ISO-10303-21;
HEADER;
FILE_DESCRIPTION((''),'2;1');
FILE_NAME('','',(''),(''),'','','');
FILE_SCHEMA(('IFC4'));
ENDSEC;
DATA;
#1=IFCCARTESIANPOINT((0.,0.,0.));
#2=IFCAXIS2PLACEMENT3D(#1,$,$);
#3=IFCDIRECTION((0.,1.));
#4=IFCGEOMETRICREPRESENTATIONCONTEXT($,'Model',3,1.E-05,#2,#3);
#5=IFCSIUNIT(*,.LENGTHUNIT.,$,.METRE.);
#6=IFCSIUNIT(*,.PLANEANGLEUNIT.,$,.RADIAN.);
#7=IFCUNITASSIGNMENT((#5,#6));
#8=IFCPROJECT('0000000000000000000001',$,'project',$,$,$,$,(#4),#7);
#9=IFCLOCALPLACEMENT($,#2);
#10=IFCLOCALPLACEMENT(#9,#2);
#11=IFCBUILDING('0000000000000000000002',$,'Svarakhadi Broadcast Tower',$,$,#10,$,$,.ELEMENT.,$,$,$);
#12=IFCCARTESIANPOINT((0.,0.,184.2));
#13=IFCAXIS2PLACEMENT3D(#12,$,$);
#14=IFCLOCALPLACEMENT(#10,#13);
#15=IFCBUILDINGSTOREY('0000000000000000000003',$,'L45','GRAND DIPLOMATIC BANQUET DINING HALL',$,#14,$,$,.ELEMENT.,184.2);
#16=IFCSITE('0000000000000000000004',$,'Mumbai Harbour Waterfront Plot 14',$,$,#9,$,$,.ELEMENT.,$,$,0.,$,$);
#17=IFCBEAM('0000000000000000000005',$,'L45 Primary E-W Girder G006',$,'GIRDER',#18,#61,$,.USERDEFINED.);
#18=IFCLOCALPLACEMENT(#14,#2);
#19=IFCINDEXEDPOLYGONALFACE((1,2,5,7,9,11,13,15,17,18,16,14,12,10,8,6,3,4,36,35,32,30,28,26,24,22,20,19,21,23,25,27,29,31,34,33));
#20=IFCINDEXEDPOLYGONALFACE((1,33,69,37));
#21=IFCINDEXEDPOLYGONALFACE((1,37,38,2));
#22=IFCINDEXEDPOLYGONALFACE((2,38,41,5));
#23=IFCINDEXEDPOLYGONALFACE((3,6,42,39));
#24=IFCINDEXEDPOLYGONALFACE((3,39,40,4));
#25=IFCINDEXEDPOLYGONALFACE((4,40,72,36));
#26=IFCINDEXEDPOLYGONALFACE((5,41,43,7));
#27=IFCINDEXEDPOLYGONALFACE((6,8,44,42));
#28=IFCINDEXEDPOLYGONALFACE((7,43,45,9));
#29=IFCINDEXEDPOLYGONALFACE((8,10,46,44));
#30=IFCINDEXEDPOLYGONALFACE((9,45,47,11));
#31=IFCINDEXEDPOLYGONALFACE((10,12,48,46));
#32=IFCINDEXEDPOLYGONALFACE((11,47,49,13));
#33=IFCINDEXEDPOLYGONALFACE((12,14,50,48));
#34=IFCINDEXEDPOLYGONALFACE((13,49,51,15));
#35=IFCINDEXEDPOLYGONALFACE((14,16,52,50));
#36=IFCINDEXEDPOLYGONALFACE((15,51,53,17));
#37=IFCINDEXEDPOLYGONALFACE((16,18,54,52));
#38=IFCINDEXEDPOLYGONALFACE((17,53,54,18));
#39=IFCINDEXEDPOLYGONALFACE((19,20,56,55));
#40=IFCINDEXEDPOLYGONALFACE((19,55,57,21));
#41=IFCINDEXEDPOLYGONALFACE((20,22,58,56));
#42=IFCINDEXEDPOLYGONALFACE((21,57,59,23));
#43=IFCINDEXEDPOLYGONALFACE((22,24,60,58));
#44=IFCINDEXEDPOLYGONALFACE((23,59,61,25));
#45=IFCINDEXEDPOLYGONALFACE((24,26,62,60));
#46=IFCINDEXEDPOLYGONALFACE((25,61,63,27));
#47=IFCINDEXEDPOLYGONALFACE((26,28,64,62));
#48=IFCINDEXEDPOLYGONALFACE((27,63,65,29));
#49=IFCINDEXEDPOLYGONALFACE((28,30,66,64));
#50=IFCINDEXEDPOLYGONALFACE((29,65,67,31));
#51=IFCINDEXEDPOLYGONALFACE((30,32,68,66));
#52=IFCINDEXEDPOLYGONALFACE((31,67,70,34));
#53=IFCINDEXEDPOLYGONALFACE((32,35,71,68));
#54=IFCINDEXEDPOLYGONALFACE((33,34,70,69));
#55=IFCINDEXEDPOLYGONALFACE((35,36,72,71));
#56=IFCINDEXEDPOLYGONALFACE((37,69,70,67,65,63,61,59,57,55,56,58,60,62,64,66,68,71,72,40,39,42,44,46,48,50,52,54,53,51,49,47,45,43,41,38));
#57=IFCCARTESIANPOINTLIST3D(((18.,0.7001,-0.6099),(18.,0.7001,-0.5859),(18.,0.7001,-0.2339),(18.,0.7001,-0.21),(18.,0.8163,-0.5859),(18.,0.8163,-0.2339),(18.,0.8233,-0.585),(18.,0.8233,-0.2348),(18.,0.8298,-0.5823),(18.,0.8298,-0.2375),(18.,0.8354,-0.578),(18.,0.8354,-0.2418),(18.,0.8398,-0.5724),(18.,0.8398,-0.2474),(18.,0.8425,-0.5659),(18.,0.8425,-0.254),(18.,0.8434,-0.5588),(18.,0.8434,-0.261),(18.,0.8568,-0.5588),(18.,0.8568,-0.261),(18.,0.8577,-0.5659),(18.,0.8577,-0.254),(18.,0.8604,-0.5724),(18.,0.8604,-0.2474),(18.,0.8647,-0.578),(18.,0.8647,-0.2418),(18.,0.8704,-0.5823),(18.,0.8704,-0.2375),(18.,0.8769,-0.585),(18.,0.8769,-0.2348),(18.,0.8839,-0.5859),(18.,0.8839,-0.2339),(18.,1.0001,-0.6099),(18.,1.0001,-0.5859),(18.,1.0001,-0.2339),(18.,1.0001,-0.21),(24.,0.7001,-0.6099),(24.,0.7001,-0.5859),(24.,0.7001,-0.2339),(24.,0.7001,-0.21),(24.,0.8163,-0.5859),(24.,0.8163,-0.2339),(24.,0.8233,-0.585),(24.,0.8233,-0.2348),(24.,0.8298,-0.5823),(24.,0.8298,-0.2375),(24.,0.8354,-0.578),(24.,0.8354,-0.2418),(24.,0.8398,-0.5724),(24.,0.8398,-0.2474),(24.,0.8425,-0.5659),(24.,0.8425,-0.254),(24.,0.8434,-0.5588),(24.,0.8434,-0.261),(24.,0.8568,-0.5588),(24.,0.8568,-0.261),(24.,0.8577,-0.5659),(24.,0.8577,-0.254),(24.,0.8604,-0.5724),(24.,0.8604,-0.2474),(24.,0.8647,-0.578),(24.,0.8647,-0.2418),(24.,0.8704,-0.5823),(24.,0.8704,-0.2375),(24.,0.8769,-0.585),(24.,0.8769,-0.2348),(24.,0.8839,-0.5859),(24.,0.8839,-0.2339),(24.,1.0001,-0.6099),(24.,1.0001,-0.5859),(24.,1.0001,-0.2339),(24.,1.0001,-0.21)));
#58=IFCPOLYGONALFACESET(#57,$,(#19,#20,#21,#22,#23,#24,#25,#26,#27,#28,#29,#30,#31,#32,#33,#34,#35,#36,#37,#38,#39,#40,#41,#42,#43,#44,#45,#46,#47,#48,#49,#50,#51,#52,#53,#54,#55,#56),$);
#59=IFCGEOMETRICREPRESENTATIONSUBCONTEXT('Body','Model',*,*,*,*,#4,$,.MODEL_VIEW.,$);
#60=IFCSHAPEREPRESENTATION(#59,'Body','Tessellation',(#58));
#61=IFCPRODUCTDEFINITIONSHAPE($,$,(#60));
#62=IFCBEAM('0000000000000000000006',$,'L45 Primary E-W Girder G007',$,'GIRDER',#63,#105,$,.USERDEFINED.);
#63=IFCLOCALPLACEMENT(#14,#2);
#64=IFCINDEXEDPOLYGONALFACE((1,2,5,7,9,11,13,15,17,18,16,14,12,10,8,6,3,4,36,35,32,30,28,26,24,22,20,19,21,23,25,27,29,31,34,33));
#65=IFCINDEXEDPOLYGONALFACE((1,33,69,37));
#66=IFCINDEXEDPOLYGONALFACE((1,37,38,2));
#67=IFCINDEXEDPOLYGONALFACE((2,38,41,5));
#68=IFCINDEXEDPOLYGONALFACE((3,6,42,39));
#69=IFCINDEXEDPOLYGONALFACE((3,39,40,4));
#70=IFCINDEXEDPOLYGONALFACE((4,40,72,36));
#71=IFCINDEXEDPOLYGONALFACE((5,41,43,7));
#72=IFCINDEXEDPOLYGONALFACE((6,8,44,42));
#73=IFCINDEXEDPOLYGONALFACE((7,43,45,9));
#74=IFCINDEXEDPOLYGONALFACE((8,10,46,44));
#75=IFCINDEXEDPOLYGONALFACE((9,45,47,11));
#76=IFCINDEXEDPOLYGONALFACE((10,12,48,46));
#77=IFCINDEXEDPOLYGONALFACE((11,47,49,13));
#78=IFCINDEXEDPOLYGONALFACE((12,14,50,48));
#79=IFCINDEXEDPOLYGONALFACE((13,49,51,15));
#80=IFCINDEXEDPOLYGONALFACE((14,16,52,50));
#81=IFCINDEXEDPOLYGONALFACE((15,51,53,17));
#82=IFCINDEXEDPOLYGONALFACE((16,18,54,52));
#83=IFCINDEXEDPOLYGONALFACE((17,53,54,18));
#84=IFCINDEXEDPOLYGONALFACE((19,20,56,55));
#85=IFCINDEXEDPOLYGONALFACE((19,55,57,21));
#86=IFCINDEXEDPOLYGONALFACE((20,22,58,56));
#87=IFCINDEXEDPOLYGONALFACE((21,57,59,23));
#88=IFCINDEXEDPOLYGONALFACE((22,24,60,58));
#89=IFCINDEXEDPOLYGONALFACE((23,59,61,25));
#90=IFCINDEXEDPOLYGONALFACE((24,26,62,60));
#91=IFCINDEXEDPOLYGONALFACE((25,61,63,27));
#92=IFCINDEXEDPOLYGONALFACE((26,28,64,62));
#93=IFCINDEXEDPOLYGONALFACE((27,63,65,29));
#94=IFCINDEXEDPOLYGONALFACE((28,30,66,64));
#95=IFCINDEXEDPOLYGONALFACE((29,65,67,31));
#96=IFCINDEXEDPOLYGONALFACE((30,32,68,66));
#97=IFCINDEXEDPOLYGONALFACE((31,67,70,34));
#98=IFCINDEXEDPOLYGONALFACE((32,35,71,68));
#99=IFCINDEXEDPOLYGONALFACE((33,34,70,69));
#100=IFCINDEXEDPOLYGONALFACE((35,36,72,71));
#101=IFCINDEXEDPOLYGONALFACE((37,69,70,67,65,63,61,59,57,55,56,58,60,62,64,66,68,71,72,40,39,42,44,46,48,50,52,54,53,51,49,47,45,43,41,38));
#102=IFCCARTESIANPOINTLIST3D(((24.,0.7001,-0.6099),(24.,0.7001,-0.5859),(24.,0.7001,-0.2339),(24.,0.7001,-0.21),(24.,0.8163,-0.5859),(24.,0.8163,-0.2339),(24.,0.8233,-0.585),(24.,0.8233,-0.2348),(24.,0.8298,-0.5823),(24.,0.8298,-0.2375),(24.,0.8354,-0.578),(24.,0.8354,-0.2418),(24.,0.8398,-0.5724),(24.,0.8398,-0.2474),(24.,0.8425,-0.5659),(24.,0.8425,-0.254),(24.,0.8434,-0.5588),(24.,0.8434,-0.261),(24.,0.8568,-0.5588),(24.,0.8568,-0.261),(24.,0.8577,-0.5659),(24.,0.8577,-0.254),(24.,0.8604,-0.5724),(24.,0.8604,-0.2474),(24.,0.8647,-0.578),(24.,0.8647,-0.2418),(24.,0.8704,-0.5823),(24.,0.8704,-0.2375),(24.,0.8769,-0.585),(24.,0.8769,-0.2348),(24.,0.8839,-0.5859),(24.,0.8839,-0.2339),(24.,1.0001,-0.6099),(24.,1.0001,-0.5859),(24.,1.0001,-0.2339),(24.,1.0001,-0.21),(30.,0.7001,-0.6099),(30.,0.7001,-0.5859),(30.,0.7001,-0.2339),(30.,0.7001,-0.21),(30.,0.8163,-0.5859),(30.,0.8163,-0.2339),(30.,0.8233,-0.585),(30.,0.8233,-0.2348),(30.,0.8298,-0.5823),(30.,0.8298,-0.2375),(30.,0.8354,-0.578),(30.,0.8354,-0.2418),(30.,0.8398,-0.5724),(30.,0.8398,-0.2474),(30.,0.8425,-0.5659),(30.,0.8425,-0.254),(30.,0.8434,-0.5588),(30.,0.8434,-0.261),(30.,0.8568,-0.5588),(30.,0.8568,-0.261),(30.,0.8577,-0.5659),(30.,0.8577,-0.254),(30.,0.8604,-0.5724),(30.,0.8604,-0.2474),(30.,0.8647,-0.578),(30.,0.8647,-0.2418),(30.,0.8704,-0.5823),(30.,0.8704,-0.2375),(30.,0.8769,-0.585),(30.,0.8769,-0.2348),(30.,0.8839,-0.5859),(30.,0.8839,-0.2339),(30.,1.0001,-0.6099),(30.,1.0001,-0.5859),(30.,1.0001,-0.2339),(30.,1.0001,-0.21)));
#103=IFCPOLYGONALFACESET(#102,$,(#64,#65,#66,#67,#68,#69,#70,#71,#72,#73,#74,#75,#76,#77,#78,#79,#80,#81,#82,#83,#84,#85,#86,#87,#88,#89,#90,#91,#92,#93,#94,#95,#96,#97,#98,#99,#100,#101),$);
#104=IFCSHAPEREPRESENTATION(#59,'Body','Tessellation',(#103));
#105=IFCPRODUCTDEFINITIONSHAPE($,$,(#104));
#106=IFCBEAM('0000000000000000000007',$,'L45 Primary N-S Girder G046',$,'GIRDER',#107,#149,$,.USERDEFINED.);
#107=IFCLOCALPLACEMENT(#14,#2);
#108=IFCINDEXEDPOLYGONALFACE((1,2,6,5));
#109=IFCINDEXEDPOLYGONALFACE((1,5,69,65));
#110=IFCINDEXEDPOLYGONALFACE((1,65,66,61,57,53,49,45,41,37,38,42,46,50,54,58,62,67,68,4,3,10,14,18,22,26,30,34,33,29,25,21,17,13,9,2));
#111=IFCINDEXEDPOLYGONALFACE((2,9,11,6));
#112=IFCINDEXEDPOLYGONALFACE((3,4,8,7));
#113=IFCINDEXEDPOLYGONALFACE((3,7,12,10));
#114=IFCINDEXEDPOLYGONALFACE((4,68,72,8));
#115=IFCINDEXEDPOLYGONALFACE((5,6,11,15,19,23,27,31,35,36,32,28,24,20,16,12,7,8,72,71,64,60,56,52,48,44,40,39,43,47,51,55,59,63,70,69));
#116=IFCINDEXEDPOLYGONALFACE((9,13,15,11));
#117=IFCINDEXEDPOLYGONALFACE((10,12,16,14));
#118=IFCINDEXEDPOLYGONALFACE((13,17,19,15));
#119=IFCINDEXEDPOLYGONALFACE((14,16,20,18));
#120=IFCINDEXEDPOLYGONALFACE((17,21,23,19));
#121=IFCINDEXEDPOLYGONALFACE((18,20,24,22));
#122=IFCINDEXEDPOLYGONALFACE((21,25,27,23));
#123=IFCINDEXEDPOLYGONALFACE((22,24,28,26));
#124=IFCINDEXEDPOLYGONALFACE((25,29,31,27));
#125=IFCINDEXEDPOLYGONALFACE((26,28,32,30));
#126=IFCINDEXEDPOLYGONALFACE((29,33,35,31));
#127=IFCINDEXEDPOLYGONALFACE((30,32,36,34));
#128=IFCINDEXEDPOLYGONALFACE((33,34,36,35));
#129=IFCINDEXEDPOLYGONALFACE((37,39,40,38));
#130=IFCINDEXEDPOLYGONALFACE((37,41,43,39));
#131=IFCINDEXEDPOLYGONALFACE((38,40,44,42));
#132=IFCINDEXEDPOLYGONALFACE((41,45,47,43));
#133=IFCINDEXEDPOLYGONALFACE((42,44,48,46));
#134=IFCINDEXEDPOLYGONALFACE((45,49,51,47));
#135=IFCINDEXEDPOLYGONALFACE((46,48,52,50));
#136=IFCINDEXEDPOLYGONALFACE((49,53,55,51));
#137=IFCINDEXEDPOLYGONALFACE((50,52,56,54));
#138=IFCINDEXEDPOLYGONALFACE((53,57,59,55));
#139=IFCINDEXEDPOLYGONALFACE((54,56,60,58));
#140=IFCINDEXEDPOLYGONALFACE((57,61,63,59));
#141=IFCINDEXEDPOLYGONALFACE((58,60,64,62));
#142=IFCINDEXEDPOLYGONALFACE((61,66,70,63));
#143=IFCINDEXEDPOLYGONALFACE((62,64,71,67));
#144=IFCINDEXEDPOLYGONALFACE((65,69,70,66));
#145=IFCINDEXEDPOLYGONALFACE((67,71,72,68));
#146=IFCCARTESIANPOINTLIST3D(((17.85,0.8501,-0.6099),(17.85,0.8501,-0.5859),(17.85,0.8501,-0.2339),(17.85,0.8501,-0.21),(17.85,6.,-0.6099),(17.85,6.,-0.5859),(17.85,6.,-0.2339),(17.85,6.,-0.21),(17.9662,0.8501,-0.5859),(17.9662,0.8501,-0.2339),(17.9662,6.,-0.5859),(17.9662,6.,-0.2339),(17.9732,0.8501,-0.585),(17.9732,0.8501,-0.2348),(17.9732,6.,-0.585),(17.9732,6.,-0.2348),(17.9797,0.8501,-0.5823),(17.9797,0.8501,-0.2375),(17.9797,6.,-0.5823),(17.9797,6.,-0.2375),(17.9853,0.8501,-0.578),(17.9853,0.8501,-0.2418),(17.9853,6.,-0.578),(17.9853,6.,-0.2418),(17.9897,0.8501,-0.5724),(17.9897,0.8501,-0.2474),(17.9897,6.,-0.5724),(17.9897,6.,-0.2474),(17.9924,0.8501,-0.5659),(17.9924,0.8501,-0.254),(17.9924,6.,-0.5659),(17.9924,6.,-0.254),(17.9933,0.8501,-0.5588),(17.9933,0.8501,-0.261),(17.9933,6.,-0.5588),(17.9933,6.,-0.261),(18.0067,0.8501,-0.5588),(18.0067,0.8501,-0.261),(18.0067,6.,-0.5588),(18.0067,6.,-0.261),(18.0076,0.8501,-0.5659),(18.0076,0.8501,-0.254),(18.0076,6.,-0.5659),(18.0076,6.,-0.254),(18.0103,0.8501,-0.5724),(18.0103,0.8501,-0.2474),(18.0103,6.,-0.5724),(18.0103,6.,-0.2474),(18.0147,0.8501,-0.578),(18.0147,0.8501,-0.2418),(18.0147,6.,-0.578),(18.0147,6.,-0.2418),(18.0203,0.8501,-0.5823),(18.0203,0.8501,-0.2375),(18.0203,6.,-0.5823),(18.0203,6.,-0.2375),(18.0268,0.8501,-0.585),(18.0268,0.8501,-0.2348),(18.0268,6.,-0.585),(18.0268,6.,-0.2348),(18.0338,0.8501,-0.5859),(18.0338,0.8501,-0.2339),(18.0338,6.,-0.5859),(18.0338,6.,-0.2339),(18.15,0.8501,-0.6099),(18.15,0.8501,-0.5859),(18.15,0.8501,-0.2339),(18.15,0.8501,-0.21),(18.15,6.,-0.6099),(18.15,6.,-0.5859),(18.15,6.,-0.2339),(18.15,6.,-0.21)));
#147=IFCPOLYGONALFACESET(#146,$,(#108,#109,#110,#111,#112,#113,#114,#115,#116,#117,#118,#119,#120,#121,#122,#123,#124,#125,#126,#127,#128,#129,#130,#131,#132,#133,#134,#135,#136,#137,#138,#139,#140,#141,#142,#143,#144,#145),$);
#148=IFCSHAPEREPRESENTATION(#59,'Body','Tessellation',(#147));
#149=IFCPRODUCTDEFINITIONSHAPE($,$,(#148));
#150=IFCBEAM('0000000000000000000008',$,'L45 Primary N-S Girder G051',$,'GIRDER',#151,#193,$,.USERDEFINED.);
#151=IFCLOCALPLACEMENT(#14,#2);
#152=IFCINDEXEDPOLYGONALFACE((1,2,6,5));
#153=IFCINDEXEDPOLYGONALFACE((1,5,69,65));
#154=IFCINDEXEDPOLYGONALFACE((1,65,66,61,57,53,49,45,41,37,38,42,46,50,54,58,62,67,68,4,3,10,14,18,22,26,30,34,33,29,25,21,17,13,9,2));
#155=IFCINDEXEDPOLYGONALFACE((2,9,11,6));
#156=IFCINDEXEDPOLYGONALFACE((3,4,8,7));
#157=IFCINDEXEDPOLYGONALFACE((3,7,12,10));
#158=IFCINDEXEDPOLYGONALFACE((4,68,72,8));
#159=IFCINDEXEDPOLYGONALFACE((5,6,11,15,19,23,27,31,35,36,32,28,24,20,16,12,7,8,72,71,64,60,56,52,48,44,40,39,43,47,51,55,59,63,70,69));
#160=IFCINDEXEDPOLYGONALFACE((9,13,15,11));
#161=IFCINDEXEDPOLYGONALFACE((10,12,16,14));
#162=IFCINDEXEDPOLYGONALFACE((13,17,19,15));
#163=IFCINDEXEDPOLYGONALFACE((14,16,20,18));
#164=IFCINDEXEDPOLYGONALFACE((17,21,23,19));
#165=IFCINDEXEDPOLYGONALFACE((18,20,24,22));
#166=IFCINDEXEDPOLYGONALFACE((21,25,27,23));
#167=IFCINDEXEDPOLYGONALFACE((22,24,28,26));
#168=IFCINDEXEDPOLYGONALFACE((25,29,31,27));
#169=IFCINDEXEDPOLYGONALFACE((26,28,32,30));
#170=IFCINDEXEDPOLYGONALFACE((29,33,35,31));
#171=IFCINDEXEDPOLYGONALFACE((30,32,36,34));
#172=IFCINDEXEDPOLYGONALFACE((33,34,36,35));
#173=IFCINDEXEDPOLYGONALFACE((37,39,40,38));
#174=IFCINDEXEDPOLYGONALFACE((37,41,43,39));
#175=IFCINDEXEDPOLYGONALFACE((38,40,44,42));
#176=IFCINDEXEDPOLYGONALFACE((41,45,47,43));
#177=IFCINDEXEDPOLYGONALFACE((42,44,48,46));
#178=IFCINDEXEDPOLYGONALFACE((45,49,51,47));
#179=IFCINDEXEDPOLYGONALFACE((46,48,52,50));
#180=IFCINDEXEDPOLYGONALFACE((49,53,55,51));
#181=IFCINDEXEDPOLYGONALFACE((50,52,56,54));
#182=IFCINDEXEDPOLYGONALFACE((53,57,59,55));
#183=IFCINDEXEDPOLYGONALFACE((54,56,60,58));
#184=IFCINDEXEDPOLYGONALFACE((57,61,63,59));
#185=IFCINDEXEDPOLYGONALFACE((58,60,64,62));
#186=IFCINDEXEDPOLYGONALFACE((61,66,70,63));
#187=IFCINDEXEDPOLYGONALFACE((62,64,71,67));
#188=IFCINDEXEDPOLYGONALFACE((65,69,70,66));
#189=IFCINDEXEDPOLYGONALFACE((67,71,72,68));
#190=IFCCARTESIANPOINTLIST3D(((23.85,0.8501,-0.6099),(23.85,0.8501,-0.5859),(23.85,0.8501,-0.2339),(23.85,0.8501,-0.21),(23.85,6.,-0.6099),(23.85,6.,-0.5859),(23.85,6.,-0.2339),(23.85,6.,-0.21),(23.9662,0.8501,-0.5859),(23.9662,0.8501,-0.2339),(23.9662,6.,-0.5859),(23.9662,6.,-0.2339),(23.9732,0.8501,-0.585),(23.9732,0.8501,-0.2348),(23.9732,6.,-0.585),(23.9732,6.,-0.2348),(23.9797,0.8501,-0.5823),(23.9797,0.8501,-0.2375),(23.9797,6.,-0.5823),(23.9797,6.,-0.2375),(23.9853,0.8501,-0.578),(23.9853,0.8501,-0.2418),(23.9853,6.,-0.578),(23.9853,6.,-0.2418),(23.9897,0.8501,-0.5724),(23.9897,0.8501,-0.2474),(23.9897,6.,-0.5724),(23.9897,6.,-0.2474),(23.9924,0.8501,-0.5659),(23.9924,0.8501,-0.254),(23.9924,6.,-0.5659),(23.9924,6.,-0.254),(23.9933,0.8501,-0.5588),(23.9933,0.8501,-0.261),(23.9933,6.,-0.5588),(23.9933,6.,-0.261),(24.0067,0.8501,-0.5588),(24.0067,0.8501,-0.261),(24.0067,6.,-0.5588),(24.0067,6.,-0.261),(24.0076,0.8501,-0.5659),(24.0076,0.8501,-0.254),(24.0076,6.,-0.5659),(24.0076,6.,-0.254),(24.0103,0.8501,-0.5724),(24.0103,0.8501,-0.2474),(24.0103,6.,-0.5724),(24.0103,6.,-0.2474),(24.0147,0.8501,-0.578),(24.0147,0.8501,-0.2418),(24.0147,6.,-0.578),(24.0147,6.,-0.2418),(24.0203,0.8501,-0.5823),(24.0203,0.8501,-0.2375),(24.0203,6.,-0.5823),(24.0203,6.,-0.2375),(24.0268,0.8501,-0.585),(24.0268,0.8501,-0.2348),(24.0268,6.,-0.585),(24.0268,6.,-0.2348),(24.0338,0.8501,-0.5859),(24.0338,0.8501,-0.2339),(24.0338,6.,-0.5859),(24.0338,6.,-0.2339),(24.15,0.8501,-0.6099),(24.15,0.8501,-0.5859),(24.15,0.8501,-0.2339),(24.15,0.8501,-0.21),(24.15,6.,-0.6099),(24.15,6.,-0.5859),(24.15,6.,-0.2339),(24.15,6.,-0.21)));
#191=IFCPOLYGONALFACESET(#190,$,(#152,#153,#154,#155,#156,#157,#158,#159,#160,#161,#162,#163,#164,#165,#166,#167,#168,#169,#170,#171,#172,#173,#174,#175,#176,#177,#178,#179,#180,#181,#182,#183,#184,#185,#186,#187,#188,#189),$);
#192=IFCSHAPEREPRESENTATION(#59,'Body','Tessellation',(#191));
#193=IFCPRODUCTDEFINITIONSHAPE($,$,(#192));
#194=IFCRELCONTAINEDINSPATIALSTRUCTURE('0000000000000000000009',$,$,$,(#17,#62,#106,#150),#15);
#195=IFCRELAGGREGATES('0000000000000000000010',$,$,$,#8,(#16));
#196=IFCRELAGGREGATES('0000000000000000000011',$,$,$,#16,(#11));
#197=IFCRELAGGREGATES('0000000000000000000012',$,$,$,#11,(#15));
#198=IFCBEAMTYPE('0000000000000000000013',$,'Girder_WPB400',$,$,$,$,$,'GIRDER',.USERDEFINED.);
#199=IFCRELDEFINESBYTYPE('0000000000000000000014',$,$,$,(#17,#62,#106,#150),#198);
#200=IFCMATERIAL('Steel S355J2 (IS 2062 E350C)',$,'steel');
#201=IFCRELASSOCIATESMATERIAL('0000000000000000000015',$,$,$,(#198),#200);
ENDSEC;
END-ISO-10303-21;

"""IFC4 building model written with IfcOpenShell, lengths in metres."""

from ifc_helpers import new_model, si_unit, direction, frame, origin, origin_2d, place, context, subcontext, project, spatial, i_section, extrude, material, material_profile, profile_set, type_object, element, save


model = new_model("IFC4")

# Units and contexts
model_context = context("Model", 3, precision=1e-05, world=origin(), true_north=direction((0.0, 1.0)))
body_context = subcontext(model_context, "Body", "Model", "MODEL_VIEW")
ifc_project = project(units=[si_unit("LENGTHUNIT", "METRE"), si_unit("PLANEANGLEUNIT", "RADIAN")], contexts=[model_context])

# Site, building, storey
site_placement = place(None, origin())
site = spatial("IfcSite", under=ifc_project, at=site_placement, Name="Mumbai Harbour Waterfront Plot 14", CompositionType="ELEMENT", RefElevation=0.0)
building_placement = place(site_placement, origin())
building = spatial("IfcBuilding", under=site, at=building_placement, Name="Svarakhadi Broadcast Tower", CompositionType="ELEMENT")
storey_placement = place(building_placement, frame((0.0, 0.0, 184.2)))
storey = spatial("IfcBuildingStorey", under=building, at=storey_placement, Name="L45", Description="GRAND DIPLOMATIC BANQUET DINING HALL", CompositionType="ELEMENT", Elevation=184.2)

# Beams
ifc_material_1 = material(Name="Steel S355J2 (IS 2062 E350C)", Category="steel")
ifc_material_profile_1 = material_profile(ifc_material_1, i_section(OverallWidth=0.3, OverallDepth=0.3999, WebThickness=0.0134, FlangeThickness=0.0239, FilletRadius=0.0271, at=origin_2d()), Name="WPB 400x300x155")
ifc_profile_set_1 = profile_set([ifc_material_profile_1], Name="Steel S355J2 (IS 2062 E350C)")
beam_type_1 = type_object("IfcBeamType", Name="Girder_WPB400", ElementType="GIRDER", PredefinedType="USERDEFINED", material=ifc_profile_set_1)
for number, where, z_axis, x_axis, name in (
    (1, (18.0, 0.8501, -0.4099), (1.0, 0.0, 0.0), (0.0, 1.0, 0.0), "L45 Primary E-W Girder G006"),
    (2, (24.0, 0.8501, -0.4099), (1.0, 0.0, 0.0), (0.0, 1.0, 0.0), "L45 Primary E-W Girder G007"),
):
    element("IfcBeam", number, at=place(storey_placement, frame(where, z_axis=z_axis, x_axis=x_axis)), inside=storey, type_object=beam_type_1, Name=name, ObjectType="GIRDER", PredefinedType="USERDEFINED", context=body_context, shape_type="SweptSolid", body=[
        extrude(i_section(OverallWidth=0.3, OverallDepth=0.3999, WebThickness=0.0134, FlangeThickness=0.0239, FilletRadius=0.0271, at=origin_2d()), origin(), (0.0, 0.0, 1.0), 6.0),
    ])
for number, where, z_axis, x_axis, name in (
    (3, (18.0, 0.8501, -0.4099), (0.0, 1.0, 0.0), (-1.0, 0.0, 0.0), "L45 Primary N-S Girder G046"),
    (4, (24.0, 0.8501, -0.4099), (0.0, 1.0, 0.0), (-1.0, 0.0, 0.0), "L45 Primary N-S Girder G051"),
):
    element("IfcBeam", number, at=place(storey_placement, frame(where, z_axis=z_axis, x_axis=x_axis)), inside=storey, type_object=beam_type_1, Name=name, ObjectType="GIRDER", PredefinedType="USERDEFINED", context=body_context, shape_type="SweptSolid", body=[
        extrude(i_section(OverallWidth=0.3, OverallDepth=0.3999, WebThickness=0.0134, FlangeThickness=0.0239, FilletRadius=0.0271, at=origin_2d()), origin(), (0.0, 0.0, 1.0), 5.1499),
    ])

save(model, "model.ifc")
